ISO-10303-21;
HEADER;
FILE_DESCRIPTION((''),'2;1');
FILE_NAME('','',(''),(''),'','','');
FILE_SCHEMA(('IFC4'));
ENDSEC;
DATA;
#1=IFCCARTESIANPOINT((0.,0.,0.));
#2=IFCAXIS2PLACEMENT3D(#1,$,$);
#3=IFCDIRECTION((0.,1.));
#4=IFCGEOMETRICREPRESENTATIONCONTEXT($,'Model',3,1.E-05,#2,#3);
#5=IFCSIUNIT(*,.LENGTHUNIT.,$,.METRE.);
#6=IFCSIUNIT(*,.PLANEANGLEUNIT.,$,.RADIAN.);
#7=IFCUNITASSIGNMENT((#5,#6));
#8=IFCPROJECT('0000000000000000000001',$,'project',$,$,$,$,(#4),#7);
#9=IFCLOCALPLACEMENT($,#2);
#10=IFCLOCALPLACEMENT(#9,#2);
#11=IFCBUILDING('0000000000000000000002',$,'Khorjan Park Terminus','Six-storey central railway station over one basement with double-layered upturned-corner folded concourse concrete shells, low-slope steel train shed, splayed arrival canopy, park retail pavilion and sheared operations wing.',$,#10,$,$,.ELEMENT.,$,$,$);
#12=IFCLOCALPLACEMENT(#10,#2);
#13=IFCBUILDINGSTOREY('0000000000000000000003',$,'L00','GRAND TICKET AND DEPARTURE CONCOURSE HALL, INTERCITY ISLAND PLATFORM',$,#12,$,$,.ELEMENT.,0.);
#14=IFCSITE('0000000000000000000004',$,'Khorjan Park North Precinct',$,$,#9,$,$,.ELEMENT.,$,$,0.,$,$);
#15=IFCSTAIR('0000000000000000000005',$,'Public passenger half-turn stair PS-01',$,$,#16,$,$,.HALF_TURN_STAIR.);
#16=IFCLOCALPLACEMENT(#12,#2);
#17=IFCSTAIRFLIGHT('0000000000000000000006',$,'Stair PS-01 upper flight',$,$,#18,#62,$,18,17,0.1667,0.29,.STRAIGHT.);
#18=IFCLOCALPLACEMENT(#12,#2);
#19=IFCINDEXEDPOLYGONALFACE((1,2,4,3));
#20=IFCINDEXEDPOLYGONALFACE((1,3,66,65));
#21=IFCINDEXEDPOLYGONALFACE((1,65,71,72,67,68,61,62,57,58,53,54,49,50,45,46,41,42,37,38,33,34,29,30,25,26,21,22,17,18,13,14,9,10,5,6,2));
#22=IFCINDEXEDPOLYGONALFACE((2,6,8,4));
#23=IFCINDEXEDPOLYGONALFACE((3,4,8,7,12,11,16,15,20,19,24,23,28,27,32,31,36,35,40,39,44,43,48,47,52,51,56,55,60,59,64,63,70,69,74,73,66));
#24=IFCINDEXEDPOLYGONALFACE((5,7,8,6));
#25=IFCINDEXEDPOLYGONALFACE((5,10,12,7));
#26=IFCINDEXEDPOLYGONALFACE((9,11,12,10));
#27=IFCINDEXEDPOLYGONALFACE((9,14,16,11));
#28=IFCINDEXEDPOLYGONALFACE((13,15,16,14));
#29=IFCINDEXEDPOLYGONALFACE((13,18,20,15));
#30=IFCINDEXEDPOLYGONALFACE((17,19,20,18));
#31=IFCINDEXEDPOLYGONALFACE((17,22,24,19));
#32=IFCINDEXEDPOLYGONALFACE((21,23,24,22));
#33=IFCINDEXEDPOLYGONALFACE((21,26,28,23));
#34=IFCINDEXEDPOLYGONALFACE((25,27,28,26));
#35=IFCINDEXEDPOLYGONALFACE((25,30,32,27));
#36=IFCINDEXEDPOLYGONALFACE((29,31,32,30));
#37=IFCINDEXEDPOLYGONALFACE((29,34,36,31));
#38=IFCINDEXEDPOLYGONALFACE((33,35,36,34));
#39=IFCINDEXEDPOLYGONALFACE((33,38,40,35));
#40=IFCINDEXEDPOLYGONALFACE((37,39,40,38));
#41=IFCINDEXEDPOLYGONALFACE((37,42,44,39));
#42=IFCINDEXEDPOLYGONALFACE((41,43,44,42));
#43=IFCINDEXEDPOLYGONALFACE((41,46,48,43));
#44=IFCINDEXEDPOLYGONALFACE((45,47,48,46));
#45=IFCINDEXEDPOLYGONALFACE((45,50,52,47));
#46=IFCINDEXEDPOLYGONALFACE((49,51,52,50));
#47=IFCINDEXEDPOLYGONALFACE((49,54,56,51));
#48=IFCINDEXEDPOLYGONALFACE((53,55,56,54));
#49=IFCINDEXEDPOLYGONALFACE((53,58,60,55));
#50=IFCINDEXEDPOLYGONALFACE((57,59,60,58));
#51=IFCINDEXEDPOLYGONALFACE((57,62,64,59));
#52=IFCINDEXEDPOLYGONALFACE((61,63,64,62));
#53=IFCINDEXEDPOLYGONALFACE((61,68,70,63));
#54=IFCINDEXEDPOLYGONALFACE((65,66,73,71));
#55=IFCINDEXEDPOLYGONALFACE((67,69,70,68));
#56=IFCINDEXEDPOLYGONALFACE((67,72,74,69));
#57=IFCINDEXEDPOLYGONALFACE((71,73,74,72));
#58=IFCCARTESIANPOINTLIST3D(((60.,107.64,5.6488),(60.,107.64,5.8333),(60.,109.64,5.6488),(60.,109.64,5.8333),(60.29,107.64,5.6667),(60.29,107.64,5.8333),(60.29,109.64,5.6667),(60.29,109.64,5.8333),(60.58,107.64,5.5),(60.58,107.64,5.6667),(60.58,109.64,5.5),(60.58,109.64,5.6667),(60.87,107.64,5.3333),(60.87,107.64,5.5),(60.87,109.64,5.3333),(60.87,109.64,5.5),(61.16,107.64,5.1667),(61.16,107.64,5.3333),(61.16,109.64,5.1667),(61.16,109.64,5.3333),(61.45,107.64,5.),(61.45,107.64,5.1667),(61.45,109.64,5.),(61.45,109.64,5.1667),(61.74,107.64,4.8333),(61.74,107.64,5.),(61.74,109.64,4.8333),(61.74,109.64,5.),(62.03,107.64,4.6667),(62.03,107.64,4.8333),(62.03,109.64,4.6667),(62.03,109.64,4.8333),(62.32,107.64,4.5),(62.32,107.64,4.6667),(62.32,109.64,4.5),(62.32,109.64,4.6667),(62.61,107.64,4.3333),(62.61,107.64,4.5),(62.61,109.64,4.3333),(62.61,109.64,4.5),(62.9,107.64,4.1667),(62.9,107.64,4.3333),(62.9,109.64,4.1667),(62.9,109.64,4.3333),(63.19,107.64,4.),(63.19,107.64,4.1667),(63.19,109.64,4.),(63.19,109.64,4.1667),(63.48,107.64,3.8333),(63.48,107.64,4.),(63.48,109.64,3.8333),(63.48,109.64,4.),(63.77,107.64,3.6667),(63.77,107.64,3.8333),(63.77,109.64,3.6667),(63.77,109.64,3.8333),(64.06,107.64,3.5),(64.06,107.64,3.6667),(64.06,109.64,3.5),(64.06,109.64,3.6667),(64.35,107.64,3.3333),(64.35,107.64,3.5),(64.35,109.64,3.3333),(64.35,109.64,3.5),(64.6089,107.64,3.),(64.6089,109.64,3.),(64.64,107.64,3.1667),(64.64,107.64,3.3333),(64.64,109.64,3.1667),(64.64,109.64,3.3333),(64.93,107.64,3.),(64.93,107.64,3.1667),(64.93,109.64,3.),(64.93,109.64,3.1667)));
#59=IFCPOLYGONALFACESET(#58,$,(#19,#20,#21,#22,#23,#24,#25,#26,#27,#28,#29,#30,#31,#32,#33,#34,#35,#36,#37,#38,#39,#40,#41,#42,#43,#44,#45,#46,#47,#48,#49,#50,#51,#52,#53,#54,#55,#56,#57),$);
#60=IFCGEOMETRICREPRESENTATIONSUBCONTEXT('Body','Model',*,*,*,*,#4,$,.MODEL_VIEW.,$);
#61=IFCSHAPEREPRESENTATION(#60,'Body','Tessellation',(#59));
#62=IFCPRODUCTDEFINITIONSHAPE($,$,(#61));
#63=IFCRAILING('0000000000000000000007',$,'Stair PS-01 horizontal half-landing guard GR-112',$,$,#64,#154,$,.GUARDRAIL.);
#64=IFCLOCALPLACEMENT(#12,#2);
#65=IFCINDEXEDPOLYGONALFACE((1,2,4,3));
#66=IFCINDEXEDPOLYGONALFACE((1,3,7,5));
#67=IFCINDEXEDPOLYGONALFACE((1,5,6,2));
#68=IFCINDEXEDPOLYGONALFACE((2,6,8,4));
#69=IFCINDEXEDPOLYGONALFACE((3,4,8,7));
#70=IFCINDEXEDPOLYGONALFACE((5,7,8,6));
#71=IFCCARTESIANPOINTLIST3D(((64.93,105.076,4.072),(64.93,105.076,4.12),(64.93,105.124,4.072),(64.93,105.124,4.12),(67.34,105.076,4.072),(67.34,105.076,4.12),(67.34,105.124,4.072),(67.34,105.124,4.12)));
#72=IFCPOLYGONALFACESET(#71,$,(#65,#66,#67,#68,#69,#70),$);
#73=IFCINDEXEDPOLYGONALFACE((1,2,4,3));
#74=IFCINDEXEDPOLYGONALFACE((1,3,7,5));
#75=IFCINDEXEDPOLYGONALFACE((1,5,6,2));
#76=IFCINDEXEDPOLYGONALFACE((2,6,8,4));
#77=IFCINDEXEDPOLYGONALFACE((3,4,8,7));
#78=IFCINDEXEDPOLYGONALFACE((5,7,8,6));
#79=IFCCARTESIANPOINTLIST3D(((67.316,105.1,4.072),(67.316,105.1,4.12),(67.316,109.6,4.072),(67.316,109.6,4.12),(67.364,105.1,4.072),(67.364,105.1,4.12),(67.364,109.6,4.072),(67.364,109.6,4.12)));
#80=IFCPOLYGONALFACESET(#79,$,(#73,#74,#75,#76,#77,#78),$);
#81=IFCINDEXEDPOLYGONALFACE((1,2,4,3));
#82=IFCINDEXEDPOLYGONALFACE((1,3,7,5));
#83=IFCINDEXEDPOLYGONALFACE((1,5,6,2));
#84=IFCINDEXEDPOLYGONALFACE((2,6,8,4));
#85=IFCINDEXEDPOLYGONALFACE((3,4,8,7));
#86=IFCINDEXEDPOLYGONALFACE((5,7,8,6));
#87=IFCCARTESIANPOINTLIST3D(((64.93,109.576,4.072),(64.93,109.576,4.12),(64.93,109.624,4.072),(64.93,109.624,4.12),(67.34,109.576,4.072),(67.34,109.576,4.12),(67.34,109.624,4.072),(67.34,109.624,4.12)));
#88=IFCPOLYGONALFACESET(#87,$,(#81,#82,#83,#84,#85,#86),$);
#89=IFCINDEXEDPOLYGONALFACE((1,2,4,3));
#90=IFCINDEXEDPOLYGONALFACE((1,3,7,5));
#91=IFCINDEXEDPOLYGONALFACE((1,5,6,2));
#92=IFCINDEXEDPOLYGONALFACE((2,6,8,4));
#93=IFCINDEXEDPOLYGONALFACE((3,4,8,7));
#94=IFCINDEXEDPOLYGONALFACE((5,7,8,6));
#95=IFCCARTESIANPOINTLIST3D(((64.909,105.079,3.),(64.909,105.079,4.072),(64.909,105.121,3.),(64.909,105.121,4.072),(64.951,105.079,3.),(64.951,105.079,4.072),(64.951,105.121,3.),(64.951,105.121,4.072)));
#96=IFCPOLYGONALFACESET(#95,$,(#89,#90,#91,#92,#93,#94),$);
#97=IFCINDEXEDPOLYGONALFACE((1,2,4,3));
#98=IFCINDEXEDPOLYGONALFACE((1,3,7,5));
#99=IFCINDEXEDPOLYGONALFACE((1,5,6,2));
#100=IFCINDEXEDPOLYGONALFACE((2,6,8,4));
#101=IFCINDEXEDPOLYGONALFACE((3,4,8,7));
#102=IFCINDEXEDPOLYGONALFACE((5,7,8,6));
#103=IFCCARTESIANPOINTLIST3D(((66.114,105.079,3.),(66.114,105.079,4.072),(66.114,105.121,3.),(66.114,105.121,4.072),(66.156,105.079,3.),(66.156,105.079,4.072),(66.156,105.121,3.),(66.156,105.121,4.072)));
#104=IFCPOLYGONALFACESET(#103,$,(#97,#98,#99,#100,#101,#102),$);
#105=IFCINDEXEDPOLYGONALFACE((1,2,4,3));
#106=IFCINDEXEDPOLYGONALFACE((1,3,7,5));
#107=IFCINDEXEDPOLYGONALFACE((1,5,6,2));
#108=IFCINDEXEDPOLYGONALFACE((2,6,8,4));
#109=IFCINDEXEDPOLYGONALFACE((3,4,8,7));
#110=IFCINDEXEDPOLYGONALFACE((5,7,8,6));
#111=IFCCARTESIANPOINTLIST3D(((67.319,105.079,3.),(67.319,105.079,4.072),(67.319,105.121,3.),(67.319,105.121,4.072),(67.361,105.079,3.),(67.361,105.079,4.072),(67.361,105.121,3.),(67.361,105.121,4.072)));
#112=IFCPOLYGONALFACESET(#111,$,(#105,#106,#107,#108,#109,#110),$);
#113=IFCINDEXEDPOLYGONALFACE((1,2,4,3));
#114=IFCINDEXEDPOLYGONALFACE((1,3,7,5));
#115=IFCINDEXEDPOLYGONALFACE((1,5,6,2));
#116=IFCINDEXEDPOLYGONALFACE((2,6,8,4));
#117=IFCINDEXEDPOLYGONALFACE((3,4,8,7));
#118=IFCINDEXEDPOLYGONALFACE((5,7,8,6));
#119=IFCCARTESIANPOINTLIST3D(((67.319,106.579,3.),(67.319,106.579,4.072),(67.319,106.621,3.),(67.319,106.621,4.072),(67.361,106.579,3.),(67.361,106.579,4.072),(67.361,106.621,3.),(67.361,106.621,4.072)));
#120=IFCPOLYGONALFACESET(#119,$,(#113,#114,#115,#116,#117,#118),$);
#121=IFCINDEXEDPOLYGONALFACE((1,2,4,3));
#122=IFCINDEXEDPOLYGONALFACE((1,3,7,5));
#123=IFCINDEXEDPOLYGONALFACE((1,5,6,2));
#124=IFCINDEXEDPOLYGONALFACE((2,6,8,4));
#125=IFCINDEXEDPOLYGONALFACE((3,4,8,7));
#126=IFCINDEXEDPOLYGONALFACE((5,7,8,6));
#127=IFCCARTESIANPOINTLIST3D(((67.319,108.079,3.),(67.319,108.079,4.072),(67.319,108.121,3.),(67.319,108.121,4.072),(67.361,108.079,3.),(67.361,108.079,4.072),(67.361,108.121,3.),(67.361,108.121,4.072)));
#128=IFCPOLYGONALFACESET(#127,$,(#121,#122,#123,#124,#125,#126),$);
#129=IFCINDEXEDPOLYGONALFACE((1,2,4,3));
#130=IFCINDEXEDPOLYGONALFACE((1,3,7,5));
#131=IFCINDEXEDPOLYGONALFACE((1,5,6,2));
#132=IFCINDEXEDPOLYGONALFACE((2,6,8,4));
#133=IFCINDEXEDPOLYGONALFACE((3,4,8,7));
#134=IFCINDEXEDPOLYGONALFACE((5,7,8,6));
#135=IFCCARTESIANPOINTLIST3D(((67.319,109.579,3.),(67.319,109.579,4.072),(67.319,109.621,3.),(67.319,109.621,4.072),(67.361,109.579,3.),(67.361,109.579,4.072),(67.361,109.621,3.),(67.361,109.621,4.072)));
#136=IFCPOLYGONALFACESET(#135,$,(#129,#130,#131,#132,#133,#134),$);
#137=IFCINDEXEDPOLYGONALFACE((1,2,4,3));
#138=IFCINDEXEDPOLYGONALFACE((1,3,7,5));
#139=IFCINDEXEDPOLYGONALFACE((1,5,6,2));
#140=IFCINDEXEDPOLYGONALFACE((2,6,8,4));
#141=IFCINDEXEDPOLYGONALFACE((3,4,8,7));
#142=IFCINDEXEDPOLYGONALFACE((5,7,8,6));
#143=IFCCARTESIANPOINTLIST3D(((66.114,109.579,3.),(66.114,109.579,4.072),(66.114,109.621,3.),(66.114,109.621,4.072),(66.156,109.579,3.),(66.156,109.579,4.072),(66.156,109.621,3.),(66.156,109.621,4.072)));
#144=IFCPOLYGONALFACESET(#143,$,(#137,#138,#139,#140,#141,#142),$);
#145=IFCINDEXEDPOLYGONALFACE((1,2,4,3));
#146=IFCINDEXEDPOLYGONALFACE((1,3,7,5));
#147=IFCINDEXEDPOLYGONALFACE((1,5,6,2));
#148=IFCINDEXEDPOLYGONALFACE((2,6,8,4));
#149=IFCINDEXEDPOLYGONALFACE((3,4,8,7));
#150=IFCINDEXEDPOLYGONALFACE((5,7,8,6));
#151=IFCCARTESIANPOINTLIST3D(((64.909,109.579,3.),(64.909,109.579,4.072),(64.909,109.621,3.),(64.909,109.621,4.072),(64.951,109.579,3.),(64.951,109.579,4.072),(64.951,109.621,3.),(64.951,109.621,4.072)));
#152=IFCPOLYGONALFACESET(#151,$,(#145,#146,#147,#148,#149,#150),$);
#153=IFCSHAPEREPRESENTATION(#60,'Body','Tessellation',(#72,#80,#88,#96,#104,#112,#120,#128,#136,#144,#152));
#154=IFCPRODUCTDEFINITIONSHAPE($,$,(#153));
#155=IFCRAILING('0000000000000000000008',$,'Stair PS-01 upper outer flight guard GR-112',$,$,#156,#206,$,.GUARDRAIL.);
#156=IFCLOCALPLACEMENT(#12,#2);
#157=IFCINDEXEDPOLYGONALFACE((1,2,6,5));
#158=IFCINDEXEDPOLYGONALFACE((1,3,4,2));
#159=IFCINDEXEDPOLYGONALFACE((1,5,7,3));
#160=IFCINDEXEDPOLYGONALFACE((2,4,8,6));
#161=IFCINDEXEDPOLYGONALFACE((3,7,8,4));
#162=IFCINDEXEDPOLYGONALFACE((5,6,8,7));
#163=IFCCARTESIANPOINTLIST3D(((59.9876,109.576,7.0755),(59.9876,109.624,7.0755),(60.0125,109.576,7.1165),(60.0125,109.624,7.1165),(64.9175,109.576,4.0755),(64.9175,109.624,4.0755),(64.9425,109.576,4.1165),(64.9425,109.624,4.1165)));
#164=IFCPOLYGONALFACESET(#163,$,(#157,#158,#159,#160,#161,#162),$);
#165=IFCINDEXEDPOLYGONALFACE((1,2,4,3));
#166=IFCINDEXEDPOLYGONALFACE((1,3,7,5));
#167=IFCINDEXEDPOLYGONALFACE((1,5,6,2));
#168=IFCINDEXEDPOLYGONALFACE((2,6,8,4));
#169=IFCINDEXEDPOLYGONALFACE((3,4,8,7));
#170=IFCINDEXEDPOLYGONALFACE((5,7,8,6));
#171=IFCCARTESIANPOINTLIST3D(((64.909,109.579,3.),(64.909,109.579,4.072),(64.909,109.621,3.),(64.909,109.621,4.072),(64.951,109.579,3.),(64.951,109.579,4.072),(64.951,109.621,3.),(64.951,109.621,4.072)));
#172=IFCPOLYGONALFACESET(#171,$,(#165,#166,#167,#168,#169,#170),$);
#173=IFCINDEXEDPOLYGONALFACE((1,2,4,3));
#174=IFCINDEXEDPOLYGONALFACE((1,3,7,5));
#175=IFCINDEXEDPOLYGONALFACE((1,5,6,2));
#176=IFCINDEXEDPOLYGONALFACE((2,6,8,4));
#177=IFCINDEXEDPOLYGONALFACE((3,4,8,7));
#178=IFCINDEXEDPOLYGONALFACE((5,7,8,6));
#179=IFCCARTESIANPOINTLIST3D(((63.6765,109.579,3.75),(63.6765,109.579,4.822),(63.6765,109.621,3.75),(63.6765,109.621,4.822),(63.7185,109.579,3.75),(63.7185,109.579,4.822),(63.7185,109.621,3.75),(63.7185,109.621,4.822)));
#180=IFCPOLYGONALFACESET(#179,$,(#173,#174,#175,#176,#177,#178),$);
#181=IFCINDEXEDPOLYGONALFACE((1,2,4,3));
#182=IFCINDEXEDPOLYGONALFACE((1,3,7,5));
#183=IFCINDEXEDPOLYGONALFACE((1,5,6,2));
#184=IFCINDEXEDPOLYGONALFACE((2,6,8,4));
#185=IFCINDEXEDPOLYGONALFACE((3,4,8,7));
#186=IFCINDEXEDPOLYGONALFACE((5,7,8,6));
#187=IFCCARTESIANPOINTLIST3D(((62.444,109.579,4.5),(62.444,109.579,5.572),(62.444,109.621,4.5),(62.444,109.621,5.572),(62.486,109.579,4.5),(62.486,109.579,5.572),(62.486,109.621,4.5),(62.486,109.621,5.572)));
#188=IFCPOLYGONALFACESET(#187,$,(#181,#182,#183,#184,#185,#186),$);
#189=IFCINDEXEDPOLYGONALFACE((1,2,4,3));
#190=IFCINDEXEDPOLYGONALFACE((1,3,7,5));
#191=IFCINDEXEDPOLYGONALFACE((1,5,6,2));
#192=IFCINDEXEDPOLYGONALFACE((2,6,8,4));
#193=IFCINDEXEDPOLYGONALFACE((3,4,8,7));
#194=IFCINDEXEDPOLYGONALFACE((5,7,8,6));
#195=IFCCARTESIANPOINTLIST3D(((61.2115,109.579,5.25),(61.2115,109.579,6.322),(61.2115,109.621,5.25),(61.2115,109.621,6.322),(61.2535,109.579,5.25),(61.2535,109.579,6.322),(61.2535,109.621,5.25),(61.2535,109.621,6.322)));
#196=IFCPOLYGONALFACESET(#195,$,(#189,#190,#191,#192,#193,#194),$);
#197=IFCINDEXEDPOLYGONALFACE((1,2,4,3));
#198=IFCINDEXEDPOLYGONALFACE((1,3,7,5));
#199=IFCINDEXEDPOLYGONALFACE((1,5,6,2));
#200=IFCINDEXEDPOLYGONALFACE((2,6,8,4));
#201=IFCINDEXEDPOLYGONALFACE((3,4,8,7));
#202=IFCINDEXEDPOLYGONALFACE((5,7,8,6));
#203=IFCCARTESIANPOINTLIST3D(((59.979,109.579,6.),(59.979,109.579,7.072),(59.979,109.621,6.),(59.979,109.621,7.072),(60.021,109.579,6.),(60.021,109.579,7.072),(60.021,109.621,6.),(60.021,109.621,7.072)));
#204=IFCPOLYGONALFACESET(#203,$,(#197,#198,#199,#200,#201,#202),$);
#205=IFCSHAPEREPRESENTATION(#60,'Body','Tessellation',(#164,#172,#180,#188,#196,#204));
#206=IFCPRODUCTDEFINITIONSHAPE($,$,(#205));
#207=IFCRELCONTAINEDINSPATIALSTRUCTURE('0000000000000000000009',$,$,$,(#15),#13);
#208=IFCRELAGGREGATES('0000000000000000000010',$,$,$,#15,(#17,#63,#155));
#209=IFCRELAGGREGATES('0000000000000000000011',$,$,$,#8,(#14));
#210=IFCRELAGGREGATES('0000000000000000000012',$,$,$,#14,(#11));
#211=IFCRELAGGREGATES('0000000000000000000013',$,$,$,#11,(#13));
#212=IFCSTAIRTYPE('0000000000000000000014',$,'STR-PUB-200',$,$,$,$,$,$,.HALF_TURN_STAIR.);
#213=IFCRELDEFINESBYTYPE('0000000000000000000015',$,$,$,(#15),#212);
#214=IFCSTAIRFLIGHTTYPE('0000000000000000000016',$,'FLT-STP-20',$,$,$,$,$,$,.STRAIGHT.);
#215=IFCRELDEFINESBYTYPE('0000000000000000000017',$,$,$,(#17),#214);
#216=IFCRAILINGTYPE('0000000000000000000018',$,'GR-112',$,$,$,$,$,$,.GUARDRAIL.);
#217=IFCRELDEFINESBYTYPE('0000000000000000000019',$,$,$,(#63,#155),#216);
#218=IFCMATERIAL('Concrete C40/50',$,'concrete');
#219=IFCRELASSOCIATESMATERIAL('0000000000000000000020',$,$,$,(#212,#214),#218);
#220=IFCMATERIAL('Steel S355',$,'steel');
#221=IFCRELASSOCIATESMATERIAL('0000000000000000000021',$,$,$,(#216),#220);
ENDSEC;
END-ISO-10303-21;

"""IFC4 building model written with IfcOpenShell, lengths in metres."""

from ifc_helpers import new_model, si_unit, direction, frame, origin, origin_2d, place, context, subcontext, project, spatial, polyline, rectangle, outline, extrude, material, type_object, element, aggregate, save


model = new_model("IFC4")

# Units and contexts
model_context = context("Model", 3, precision=1e-05, world=origin(), true_north=direction((0.0, 1.0)))
body_context = subcontext(model_context, "Body", "Model", "MODEL_VIEW")
ifc_project = project(units=[si_unit("LENGTHUNIT", "METRE"), si_unit("PLANEANGLEUNIT", "RADIAN")], contexts=[model_context])

# Site, building, storey
site_placement = place(None, origin())
site = spatial("IfcSite", under=ifc_project, at=site_placement, Name="Khorjan Park North Precinct", CompositionType="ELEMENT", RefElevation=0.0)
building_placement = place(site_placement, origin())
building = spatial("IfcBuilding", under=site, at=building_placement, Name="Khorjan Park Terminus", Description="Six-storey central railway station over one basement with double-layered upturned-corner folded concourse concrete shells, low-slope steel train shed, splayed arrival canopy, park retail pavilion and sheared operations wing.", CompositionType="ELEMENT")
storey_placement = place(building_placement, origin())
storey = spatial("IfcBuildingStorey", under=building, at=storey_placement, Name="L00", Description="GRAND TICKET AND DEPARTURE CONCOURSE HALL, INTERCITY ISLAND PLATFORM", CompositionType="ELEMENT", Elevation=0.0)

# Shared definitions
ifc_material_1 = material(Name="Steel S355", Category="steel")
ifc_material_2 = material(Name="Concrete C40/50", Category="concrete")

# Stair, stair flight, railings
stair_type = type_object("IfcStairType", Name="STR-PUB-200", PredefinedType="HALF_TURN_STAIR", material=ifc_material_2)
stair_placement = place(storey_placement, origin())
stair = element("IfcStair", 1, at=stair_placement, inside=storey, type_object=stair_type, Name="Public passenger half-turn stair PS-01", PredefinedType="HALF_TURN_STAIR")
stair_flight_type = type_object("IfcStairFlightType", Name="FLT-STP-20", PredefinedType="STRAIGHT", material=ifc_material_2)
stair_flight_placement = place(storey_placement, frame((64.93, 108.64, 3.0), z_axis=(0.0, 0.0, 1.0), x_axis=(-1.0, 0.0, 0.0)))
stair_flight = element("IfcStairFlight", 2, at=stair_flight_placement, type_object=stair_flight_type, Name="Stair PS-01 upper flight", NumberOfRisers=18, NumberOfTreads=17, PredefinedType="STRAIGHT", RiserHeight=0.1667, TreadLength=0.29, context=body_context, shape_type="SweptSolid", body=[
    extrude(outline(polyline([(0.0, 0.0), (0.0, 0.1667), (0.29, 0.1667), (0.29, 0.3333), (0.58, 0.3333), (0.58, 0.5), (0.87, 0.5), (0.87, 0.6667), (1.16, 0.6667), (1.16, 0.8333), (1.45, 0.8333), (1.45, 1.0), (1.74, 1.0), (1.74, 1.1667), (2.03, 1.1667), (2.03, 1.3333), (2.32, 1.3333), (2.32, 1.5), (2.61, 1.5), (2.61, 1.6667), (2.9, 1.6667), (2.9, 1.8333), (3.19, 1.8333), (3.19, 2.0), (3.48, 2.0), (3.48, 2.1667), (3.77, 2.1667), (3.77, 2.3333), (4.06, 2.3333), (4.06, 2.5), (4.35, 2.5), (4.35, 2.6667), (4.64, 2.6667), (4.64, 2.8333), (4.93, 2.8333), (4.93, 3.0), (4.93, 2.6488), (0.3211, 0.0), (0.0, 0.0)])), frame((0.0, 1.0, 0.0), z_axis=(0.0, -1.0, 0.0), x_axis=(1.0, 0.0, 0.0)), (0.0, 0.0, 1.0), 2.0),
])
railing_type_1 = type_object("IfcRailingType", Name="GR-112", PredefinedType="GUARDRAIL", material=ifc_material_1)
railing_1_placement = place(storey_placement, frame((64.93, 105.1, 3.0)))
railing_1 = element("IfcRailing", 3, at=railing_1_placement, type_object=railing_type_1, Name="Stair PS-01 horizontal half-landing guard GR-112", PredefinedType="GUARDRAIL", context=body_context, shape_type="SweptSolid", body=[
    extrude(rectangle(XDim=0.048, YDim=0.048, at=origin_2d()), frame((0.0, 0.0, 1.096), z_axis=(1.0, 0.0, 0.0), x_axis=(0.0, 1.0, 0.0)), (0.0, 0.0, 1.0), 2.41),
    extrude(rectangle(XDim=0.048, YDim=0.048, at=origin_2d()), frame((2.41, 0.0, 1.096), z_axis=(0.0, 1.0, 0.0), x_axis=(-1.0, 0.0, 0.0)), (0.0, 0.0, 1.0), 4.5),
    extrude(rectangle(XDim=0.048, YDim=0.048, at=origin_2d()), frame((2.41, 4.5, 1.096), z_axis=(-1.0, 0.0, 0.0), x_axis=(0.0, -1.0, 0.0)), (0.0, 0.0, 1.0), 2.41),
    extrude(rectangle(XDim=0.042, YDim=0.042, at=origin_2d()), origin(), (0.0, 0.0, 1.0), 1.072),
    extrude(rectangle(XDim=0.042, YDim=0.042, at=origin_2d()), frame((1.205, 0.0, 0.0)), (0.0, 0.0, 1.0), 1.072),
    extrude(rectangle(XDim=0.042, YDim=0.042, at=origin_2d()), frame((2.41, 0.0, 0.0)), (0.0, 0.0, 1.0), 1.072),
    extrude(rectangle(XDim=0.042, YDim=0.042, at=origin_2d()), frame((2.41, 1.5, 0.0)), (0.0, 0.0, 1.0), 1.072),
    extrude(rectangle(XDim=0.042, YDim=0.042, at=origin_2d()), frame((2.41, 3.0, 0.0)), (0.0, 0.0, 1.0), 1.072),
    extrude(rectangle(XDim=0.042, YDim=0.042, at=origin_2d()), frame((2.41, 4.5, 0.0)), (0.0, 0.0, 1.0), 1.072),
    extrude(rectangle(XDim=0.042, YDim=0.042, at=origin_2d()), frame((1.205, 4.5, 0.0)), (0.0, 0.0, 1.0), 1.072),
    extrude(rectangle(XDim=0.042, YDim=0.042, at=origin_2d()), frame((0.0, 4.5, 0.0)), (0.0, 0.0, 1.0), 1.072),
])
railing_2_placement = place(storey_placement, frame((64.93, 109.6, 3.0)))
railing_2 = element("IfcRailing", 4, at=railing_2_placement, type_object=railing_type_1, Name="Stair PS-01 upper outer flight guard GR-112", PredefinedType="GUARDRAIL", context=body_context, shape_type="SweptSolid", body=[
    extrude(rectangle(XDim=0.048, YDim=0.048, at=origin_2d()), frame((0.0, 0.0, 1.096), z_axis=(-0.854265, 0.0, 0.519837), x_axis=(0.0, -1.0, 0.0)), (0.0, 0.0, 1.0), 5.771),
    extrude(rectangle(XDim=0.042, YDim=0.042, at=origin_2d()), origin(), (0.0, 0.0, 1.0), 1.072),
    extrude(rectangle(XDim=0.042, YDim=0.042, at=origin_2d()), frame((-1.2325, 0.0, 0.75)), (0.0, 0.0, 1.0), 1.072),
    extrude(rectangle(XDim=0.042, YDim=0.042, at=origin_2d()), frame((-2.465, 0.0, 1.5)), (0.0, 0.0, 1.0), 1.072),
    extrude(rectangle(XDim=0.042, YDim=0.042, at=origin_2d()), frame((-3.6975, 0.0, 2.25)), (0.0, 0.0, 1.0), 1.072),
    extrude(rectangle(XDim=0.042, YDim=0.042, at=origin_2d()), frame((-4.93, 0.0, 3.0)), (0.0, 0.0, 1.0), 1.072),
])
aggregate(stair, [stair_flight, railing_1, railing_2])

save(model, "model.ifc")
